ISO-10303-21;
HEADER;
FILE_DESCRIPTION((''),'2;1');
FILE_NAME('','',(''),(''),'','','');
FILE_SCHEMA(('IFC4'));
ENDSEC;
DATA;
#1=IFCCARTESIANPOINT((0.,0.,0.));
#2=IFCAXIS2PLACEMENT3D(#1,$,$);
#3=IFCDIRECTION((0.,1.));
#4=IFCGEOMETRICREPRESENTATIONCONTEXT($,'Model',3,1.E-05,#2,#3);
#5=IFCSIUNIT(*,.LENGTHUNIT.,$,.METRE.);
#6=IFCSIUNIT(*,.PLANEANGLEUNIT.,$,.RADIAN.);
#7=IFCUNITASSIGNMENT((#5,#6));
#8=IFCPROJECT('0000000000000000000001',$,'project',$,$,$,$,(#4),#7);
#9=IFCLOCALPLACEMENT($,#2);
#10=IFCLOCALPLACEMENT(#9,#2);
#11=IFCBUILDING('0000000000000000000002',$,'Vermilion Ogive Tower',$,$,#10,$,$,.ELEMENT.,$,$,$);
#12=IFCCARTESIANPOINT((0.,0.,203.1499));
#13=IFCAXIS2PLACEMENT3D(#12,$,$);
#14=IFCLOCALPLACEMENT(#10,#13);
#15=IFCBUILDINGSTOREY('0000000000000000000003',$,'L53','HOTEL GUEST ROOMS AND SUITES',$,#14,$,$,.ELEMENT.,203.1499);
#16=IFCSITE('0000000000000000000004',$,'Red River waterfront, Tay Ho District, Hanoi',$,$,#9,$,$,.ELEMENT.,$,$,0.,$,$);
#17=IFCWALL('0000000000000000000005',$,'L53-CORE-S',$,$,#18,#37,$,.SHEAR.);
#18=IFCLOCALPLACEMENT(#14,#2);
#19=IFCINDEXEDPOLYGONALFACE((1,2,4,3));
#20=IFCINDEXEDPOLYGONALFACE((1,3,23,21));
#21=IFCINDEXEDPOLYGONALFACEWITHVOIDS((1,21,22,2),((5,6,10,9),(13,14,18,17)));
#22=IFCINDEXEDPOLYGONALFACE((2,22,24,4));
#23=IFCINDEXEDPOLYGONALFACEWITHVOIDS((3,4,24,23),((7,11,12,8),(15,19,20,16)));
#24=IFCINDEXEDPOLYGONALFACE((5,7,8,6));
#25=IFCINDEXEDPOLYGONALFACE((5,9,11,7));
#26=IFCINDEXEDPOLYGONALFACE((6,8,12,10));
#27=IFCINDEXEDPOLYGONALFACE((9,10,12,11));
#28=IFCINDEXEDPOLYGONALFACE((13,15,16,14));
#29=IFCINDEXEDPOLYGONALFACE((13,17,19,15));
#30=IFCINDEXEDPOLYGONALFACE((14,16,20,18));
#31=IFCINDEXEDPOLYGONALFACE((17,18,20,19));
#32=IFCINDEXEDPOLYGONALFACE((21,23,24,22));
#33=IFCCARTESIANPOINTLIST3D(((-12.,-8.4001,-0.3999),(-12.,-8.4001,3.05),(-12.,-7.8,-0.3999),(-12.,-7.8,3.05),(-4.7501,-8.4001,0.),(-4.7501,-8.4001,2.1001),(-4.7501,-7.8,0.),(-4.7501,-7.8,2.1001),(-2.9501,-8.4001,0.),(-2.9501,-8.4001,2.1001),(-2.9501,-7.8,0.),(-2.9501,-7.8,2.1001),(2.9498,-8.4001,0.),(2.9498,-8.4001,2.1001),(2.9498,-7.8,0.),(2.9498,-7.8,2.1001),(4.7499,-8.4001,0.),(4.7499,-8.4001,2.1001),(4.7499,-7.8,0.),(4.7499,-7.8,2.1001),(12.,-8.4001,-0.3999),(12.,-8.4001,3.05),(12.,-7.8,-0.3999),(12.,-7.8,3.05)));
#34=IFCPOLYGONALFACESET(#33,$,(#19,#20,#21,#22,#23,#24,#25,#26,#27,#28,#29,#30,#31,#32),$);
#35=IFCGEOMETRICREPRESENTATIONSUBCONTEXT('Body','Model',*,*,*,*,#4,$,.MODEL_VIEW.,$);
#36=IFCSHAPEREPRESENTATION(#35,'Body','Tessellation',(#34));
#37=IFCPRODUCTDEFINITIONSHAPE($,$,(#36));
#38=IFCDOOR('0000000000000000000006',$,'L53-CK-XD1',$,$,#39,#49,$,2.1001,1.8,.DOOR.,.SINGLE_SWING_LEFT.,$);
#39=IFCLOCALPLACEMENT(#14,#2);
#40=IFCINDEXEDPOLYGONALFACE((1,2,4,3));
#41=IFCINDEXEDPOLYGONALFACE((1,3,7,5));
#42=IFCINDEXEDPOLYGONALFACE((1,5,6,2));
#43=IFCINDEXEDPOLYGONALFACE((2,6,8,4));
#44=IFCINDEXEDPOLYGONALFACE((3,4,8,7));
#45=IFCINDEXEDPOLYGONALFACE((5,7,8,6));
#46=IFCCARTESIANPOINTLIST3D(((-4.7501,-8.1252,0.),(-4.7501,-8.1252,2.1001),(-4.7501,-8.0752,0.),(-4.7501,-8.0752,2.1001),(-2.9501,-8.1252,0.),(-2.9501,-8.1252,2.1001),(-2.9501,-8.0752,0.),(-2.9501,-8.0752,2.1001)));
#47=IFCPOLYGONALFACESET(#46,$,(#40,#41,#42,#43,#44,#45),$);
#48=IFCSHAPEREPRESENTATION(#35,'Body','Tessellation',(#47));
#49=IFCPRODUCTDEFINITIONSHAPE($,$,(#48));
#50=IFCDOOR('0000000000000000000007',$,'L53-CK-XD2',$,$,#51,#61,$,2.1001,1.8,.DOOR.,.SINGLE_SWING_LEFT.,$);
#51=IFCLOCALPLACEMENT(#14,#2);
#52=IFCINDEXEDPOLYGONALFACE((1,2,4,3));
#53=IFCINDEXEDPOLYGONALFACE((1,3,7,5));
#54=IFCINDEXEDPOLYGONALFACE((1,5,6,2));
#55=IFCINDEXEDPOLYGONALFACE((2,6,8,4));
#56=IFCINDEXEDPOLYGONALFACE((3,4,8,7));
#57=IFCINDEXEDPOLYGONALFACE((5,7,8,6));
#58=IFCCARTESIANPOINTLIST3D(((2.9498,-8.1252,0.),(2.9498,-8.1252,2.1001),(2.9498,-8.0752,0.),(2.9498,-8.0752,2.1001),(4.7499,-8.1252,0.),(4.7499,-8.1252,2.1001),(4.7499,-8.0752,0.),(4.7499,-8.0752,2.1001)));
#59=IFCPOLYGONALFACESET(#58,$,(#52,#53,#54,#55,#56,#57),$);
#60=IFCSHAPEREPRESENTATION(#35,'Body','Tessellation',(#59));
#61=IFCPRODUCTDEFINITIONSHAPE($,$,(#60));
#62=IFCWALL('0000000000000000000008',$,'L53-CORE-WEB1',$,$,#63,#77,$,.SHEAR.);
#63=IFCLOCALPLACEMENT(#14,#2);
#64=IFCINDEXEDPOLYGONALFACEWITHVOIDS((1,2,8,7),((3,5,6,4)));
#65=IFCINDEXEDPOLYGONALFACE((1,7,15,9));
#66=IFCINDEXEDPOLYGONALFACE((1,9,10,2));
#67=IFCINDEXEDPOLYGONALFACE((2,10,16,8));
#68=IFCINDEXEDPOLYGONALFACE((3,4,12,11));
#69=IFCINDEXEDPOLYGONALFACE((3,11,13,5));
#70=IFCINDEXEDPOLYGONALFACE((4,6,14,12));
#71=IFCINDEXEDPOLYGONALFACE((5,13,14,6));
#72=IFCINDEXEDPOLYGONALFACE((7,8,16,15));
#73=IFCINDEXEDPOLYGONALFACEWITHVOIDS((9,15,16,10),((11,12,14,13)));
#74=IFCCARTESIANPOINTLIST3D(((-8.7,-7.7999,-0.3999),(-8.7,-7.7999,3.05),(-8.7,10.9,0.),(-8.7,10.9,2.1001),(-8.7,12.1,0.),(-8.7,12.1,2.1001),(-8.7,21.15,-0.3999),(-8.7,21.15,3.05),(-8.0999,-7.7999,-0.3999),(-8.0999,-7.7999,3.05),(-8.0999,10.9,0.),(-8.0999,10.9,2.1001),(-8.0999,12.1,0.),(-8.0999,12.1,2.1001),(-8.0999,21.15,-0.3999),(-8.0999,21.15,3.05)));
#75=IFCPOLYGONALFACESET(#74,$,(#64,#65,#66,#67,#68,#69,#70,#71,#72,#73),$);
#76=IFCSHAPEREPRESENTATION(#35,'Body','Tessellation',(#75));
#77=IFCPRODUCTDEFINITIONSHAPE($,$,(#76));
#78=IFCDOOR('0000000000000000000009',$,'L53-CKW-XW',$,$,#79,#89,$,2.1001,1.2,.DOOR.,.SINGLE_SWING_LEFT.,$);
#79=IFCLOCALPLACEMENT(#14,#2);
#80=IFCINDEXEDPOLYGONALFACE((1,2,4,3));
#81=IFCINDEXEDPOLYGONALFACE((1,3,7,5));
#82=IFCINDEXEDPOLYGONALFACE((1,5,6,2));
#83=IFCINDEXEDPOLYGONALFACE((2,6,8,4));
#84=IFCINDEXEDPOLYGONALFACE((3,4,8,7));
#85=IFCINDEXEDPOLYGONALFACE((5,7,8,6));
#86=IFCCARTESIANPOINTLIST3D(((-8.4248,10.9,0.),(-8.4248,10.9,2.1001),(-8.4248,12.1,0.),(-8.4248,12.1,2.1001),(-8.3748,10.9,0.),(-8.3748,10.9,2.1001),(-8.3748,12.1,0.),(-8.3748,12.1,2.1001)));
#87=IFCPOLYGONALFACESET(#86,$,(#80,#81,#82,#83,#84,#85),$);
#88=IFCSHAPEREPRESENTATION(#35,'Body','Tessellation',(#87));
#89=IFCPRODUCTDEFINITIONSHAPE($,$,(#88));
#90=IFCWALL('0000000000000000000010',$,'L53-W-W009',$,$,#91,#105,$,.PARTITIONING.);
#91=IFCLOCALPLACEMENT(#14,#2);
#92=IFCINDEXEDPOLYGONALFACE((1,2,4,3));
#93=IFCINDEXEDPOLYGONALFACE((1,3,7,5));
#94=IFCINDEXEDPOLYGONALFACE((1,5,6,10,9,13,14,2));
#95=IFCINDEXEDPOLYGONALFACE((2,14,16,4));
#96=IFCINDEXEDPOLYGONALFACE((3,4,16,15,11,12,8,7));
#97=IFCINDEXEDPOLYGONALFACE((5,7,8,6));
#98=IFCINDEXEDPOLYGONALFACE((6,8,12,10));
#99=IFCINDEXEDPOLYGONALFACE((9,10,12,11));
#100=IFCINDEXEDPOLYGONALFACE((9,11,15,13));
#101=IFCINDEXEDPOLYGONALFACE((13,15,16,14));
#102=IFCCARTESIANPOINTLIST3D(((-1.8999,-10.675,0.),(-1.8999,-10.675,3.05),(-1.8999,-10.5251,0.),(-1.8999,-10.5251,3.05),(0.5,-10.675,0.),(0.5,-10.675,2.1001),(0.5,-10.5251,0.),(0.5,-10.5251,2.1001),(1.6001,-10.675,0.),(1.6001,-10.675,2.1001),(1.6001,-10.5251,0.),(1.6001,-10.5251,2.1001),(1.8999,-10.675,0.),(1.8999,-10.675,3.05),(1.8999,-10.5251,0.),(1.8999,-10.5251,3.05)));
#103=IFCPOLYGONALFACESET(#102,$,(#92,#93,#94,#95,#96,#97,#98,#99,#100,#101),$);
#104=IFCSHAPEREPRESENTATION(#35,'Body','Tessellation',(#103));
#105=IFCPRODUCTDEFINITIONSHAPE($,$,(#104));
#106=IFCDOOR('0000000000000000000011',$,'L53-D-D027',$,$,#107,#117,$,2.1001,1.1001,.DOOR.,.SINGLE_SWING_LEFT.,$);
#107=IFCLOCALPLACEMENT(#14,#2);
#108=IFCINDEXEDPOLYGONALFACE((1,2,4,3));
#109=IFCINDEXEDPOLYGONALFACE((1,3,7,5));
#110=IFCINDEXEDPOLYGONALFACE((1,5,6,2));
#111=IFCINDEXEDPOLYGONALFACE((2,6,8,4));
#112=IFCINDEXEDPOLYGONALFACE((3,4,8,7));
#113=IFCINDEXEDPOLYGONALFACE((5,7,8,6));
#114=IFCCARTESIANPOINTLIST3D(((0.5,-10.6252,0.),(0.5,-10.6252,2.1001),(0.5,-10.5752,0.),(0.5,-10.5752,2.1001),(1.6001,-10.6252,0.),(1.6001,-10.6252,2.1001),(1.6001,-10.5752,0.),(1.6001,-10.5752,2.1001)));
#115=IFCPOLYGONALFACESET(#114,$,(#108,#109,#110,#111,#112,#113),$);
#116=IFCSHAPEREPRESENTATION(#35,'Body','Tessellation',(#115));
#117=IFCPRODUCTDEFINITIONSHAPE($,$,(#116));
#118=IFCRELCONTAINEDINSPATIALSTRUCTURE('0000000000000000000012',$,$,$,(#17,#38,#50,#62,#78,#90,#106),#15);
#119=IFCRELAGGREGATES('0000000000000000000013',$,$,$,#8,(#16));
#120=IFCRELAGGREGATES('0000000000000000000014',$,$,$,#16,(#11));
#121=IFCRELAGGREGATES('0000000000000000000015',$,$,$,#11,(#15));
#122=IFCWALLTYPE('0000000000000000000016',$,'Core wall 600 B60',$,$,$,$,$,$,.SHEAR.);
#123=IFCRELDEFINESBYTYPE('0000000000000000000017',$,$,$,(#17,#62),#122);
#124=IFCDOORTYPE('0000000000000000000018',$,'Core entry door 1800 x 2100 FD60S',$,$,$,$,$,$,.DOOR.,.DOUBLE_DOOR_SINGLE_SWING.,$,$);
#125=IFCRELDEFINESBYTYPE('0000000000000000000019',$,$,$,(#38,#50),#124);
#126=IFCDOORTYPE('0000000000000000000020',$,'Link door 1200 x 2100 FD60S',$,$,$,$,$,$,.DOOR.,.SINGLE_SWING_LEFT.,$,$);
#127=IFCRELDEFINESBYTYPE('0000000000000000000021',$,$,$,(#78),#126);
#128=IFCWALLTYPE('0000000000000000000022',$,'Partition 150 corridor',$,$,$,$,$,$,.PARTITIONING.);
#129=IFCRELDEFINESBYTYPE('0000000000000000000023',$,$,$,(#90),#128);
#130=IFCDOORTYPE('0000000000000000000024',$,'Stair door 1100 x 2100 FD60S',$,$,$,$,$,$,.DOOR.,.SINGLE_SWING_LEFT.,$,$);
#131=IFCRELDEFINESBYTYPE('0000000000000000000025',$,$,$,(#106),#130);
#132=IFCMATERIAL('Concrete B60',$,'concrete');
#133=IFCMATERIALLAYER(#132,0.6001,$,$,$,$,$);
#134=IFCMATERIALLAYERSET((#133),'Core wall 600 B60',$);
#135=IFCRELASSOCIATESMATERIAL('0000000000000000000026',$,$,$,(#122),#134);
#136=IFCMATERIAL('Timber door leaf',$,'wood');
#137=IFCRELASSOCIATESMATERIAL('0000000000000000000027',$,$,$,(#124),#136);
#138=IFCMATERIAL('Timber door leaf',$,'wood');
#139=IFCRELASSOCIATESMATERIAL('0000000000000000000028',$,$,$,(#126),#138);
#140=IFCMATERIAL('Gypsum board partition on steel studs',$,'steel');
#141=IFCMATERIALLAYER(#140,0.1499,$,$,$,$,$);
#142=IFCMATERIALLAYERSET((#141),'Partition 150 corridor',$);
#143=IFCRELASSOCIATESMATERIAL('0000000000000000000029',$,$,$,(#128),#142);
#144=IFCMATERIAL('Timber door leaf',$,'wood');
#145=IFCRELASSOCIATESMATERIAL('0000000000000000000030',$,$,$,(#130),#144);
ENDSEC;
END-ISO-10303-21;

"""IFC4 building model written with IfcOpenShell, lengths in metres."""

from ifc_helpers import new_model, si_unit, direction, frame, frame_2d, origin, place, context, subcontext, project, spatial, rectangle, extrude, material, layer, layer_set, type_object, element, fill, save


model = new_model("IFC4")

# Units and contexts
model_context = context("Model", 3, precision=1e-05, world=origin(), true_north=direction((0.0, 1.0)))
body_context = subcontext(model_context, "Body", "Model", "MODEL_VIEW")
ifc_project = project(units=[si_unit("LENGTHUNIT", "METRE"), si_unit("PLANEANGLEUNIT", "RADIAN")], contexts=[model_context])

# Site, building, storey
site_placement = place(None, origin())
site = spatial("IfcSite", under=ifc_project, at=site_placement, Name="Red River waterfront, Tay Ho District, Hanoi", CompositionType="ELEMENT", RefElevation=0.0)
building_placement = place(site_placement, origin())
building = spatial("IfcBuilding", under=site, at=building_placement, Name="Vermilion Ogive Tower", CompositionType="ELEMENT")
storey_placement = place(building_placement, frame((0.0, 0.0, 203.1499)))
storey = spatial("IfcBuildingStorey", under=building, at=storey_placement, Name="L53", Description="HOTEL GUEST ROOMS AND SUITES", CompositionType="ELEMENT", Elevation=203.1499)

# Wall, openings, doors
ifc_material_1 = material(Name="Concrete B60", Category="concrete")
ifc_layer_1 = layer(ifc_material_1, 0.6001)
ifc_layer_set_1 = layer_set([ifc_layer_1], Name="Core wall 600 B60")
wall_type_1 = type_object("IfcWallType", Name="Core wall 600 B60", PredefinedType="SHEAR", material=ifc_layer_set_1)
wall_1_placement = place(storey_placement, frame((-12.0, -8.1001, -0.3999), z_axis=(0.0, 0.0, 1.0), x_axis=(1.0, 0.0, 0.0)))
wall_1 = element("IfcWall", 1, at=wall_1_placement, inside=storey, type_object=wall_type_1, Name="L53-CORE-S", PredefinedType="SHEAR", context=body_context, shape_type="SweptSolid", body=[
    extrude(rectangle(XDim=24.0, YDim=0.6001, at=frame_2d((12.0, 0.0))), origin(), (0.0, 0.0, 1.0), 3.45),
])
opening_1_placement = place(wall_1_placement, frame((7.25, 0.0, 0.3999)))
opening_1 = element("IfcOpeningElement", 2, at=opening_1_placement, cuts=wall_1, PredefinedType="OPENING", context=body_context, shape_type="SweptSolid", body=[
    extrude(rectangle(XDim=1.8, YDim=2.1001, at=frame_2d((0.8999, 1.05))), frame((0.0, 0.3101, 0.0), z_axis=(0.0, -1.0, 0.0), x_axis=(1.0, 0.0, 0.0)), (0.0, 0.0, 1.0), 0.6201),
])
opening_2_placement = place(wall_1_placement, frame((14.95, 0.0, 0.3999)))
opening_2 = element("IfcOpeningElement", 3, at=opening_2_placement, cuts=wall_1, PredefinedType="OPENING", context=body_context, shape_type="SweptSolid", body=[
    extrude(rectangle(XDim=1.8, YDim=2.1001, at=frame_2d((0.8999, 1.05))), frame((0.0, 0.3101, 0.0), z_axis=(0.0, -1.0, 0.0), x_axis=(1.0, 0.0, 0.0)), (0.0, 0.0, 1.0), 0.6201),
])
ifc_material_2 = material(Name="Timber door leaf", Category="wood")
door_type_1 = type_object("IfcDoorType", Name="Core entry door 1800 x 2100 FD60S", OperationType="DOUBLE_DOOR_SINGLE_SWING", PredefinedType="DOOR", material=ifc_material_2)
door_1_placement = place(opening_1_placement, origin())
door_1 = element("IfcDoor", 4, at=door_1_placement, inside=storey, type_object=door_type_1, Name="L53-CK-XD1", OperationType="SINGLE_SWING_LEFT", OverallHeight=2.1001, OverallWidth=1.8, PredefinedType="DOOR", context=body_context, shape_type="SweptSolid", body=[
    extrude(rectangle(XDim=1.8, YDim=2.1001, at=frame_2d((0.8999, 1.05))), frame((0.0, 0.0249, 0.0), z_axis=(0.0, -1.0, 0.0), x_axis=(1.0, 0.0, 0.0)), (0.0, 0.0, 1.0), 0.05),
])
fill(opening_1, door_1)
door_2_placement = place(opening_2_placement, origin())
door_2 = element("IfcDoor", 5, at=door_2_placement, inside=storey, type_object=door_type_1, Name="L53-CK-XD2", OperationType="SINGLE_SWING_LEFT", OverallHeight=2.1001, OverallWidth=1.8, PredefinedType="DOOR", context=body_context, shape_type="SweptSolid", body=[
    extrude(rectangle(XDim=1.8, YDim=2.1001, at=frame_2d((0.8999, 1.05))), frame((0.0, 0.0249, 0.0), z_axis=(0.0, -1.0, 0.0), x_axis=(1.0, 0.0, 0.0)), (0.0, 0.0, 1.0), 0.05),
])
fill(opening_2, door_2)

# Walls, openings, doors
wall_2_placement = place(storey_placement, frame((-8.3999, -7.8, -0.3999), z_axis=(0.0, 0.0, 1.0), x_axis=(0.0, 1.0, 0.0)))
wall_2 = element("IfcWall", 6, at=wall_2_placement, inside=storey, type_object=wall_type_1, Name="L53-CORE-WEB1", PredefinedType="SHEAR", context=body_context, shape_type="SweptSolid", body=[
    extrude(rectangle(XDim=28.95, YDim=0.6001, at=frame_2d((14.4751, 0.0))), origin(), (0.0, 0.0, 1.0), 3.45),
])
opening_3_placement = place(wall_2_placement, frame((18.7, 0.0, 0.3999)))
opening_3 = element("IfcOpeningElement", 7, at=opening_3_placement, cuts=wall_2, PredefinedType="OPENING", context=body_context, shape_type="SweptSolid", body=[
    extrude(rectangle(XDim=1.2, YDim=2.1001, at=frame_2d((0.6001, 1.05))), frame((0.0, 0.3101, 0.0), z_axis=(0.0, -1.0, 0.0), x_axis=(1.0, 0.0, 0.0)), (0.0, 0.0, 1.0), 0.6201),
])
ifc_material_3 = material(Name="Timber door leaf", Category="wood")
door_type_2 = type_object("IfcDoorType", Name="Link door 1200 x 2100 FD60S", OperationType="SINGLE_SWING_LEFT", PredefinedType="DOOR", material=ifc_material_3)
door_3_placement = place(opening_3_placement, origin())
door_3 = element("IfcDoor", 8, at=door_3_placement, inside=storey, type_object=door_type_2, Name="L53-CKW-XW", OperationType="SINGLE_SWING_LEFT", OverallHeight=2.1001, OverallWidth=1.2, PredefinedType="DOOR", context=body_context, shape_type="SweptSolid", body=[
    extrude(rectangle(XDim=1.2, YDim=2.1001, at=frame_2d((0.6001, 1.05))), frame((0.0, 0.0249, 0.0), z_axis=(0.0, -1.0, 0.0), x_axis=(1.0, 0.0, 0.0)), (0.0, 0.0, 1.0), 0.05),
])
fill(opening_3, door_3)
ifc_material_4 = material(Name="Gypsum board partition on steel studs", Category="steel")
ifc_layer_2 = layer(ifc_material_4, 0.1499)
ifc_layer_set_2 = layer_set([ifc_layer_2], Name="Partition 150 corridor")
wall_type_2 = type_object("IfcWallType", Name="Partition 150 corridor", PredefinedType="PARTITIONING", material=ifc_layer_set_2)
wall_3_placement = place(storey_placement, frame((-1.8999, -10.6001, 0.0), z_axis=(0.0, 0.0, 1.0), x_axis=(1.0, 0.0, 0.0)))
wall_3 = element("IfcWall", 9, at=wall_3_placement, inside=storey, type_object=wall_type_2, Name="L53-W-W009", PredefinedType="PARTITIONING", context=body_context, shape_type="SweptSolid", body=[
    extrude(rectangle(XDim=3.7998, YDim=0.1499, at=frame_2d((1.8999, 0.0))), origin(), (0.0, 0.0, 1.0), 3.05),
])
opening_4_placement = place(wall_3_placement, frame((2.3999, 0.0, 0.0)))
opening_4 = element("IfcOpeningElement", 10, at=opening_4_placement, cuts=wall_3, PredefinedType="OPENING", context=body_context, shape_type="SweptSolid", body=[
    extrude(rectangle(XDim=1.1001, YDim=2.1001, at=frame_2d((0.55, 1.05))), frame((0.0, 0.085, 0.0), z_axis=(0.0, -1.0, 0.0), x_axis=(1.0, 0.0, 0.0)), (0.0, 0.0, 1.0), 0.1699),
])
ifc_material_5 = material(Name="Timber door leaf", Category="wood")
door_type_3 = type_object("IfcDoorType", Name="Stair door 1100 x 2100 FD60S", OperationType="SINGLE_SWING_LEFT", PredefinedType="DOOR", material=ifc_material_5)
door_4_placement = place(opening_4_placement, origin())
door_4 = element("IfcDoor", 11, at=door_4_placement, inside=storey, type_object=door_type_3, Name="L53-D-D027", OperationType="SINGLE_SWING_LEFT", OverallHeight=2.1001, OverallWidth=1.1001, PredefinedType="DOOR", context=body_context, shape_type="SweptSolid", body=[
    extrude(rectangle(XDim=1.1001, YDim=2.1001, at=frame_2d((0.55, 1.05))), frame((0.0, 0.0249, 0.0), z_axis=(0.0, -1.0, 0.0), x_axis=(1.0, 0.0, 0.0)), (0.0, 0.0, 1.0), 0.05),
])
fill(opening_4, door_4)

save(model, "model.ifc")
